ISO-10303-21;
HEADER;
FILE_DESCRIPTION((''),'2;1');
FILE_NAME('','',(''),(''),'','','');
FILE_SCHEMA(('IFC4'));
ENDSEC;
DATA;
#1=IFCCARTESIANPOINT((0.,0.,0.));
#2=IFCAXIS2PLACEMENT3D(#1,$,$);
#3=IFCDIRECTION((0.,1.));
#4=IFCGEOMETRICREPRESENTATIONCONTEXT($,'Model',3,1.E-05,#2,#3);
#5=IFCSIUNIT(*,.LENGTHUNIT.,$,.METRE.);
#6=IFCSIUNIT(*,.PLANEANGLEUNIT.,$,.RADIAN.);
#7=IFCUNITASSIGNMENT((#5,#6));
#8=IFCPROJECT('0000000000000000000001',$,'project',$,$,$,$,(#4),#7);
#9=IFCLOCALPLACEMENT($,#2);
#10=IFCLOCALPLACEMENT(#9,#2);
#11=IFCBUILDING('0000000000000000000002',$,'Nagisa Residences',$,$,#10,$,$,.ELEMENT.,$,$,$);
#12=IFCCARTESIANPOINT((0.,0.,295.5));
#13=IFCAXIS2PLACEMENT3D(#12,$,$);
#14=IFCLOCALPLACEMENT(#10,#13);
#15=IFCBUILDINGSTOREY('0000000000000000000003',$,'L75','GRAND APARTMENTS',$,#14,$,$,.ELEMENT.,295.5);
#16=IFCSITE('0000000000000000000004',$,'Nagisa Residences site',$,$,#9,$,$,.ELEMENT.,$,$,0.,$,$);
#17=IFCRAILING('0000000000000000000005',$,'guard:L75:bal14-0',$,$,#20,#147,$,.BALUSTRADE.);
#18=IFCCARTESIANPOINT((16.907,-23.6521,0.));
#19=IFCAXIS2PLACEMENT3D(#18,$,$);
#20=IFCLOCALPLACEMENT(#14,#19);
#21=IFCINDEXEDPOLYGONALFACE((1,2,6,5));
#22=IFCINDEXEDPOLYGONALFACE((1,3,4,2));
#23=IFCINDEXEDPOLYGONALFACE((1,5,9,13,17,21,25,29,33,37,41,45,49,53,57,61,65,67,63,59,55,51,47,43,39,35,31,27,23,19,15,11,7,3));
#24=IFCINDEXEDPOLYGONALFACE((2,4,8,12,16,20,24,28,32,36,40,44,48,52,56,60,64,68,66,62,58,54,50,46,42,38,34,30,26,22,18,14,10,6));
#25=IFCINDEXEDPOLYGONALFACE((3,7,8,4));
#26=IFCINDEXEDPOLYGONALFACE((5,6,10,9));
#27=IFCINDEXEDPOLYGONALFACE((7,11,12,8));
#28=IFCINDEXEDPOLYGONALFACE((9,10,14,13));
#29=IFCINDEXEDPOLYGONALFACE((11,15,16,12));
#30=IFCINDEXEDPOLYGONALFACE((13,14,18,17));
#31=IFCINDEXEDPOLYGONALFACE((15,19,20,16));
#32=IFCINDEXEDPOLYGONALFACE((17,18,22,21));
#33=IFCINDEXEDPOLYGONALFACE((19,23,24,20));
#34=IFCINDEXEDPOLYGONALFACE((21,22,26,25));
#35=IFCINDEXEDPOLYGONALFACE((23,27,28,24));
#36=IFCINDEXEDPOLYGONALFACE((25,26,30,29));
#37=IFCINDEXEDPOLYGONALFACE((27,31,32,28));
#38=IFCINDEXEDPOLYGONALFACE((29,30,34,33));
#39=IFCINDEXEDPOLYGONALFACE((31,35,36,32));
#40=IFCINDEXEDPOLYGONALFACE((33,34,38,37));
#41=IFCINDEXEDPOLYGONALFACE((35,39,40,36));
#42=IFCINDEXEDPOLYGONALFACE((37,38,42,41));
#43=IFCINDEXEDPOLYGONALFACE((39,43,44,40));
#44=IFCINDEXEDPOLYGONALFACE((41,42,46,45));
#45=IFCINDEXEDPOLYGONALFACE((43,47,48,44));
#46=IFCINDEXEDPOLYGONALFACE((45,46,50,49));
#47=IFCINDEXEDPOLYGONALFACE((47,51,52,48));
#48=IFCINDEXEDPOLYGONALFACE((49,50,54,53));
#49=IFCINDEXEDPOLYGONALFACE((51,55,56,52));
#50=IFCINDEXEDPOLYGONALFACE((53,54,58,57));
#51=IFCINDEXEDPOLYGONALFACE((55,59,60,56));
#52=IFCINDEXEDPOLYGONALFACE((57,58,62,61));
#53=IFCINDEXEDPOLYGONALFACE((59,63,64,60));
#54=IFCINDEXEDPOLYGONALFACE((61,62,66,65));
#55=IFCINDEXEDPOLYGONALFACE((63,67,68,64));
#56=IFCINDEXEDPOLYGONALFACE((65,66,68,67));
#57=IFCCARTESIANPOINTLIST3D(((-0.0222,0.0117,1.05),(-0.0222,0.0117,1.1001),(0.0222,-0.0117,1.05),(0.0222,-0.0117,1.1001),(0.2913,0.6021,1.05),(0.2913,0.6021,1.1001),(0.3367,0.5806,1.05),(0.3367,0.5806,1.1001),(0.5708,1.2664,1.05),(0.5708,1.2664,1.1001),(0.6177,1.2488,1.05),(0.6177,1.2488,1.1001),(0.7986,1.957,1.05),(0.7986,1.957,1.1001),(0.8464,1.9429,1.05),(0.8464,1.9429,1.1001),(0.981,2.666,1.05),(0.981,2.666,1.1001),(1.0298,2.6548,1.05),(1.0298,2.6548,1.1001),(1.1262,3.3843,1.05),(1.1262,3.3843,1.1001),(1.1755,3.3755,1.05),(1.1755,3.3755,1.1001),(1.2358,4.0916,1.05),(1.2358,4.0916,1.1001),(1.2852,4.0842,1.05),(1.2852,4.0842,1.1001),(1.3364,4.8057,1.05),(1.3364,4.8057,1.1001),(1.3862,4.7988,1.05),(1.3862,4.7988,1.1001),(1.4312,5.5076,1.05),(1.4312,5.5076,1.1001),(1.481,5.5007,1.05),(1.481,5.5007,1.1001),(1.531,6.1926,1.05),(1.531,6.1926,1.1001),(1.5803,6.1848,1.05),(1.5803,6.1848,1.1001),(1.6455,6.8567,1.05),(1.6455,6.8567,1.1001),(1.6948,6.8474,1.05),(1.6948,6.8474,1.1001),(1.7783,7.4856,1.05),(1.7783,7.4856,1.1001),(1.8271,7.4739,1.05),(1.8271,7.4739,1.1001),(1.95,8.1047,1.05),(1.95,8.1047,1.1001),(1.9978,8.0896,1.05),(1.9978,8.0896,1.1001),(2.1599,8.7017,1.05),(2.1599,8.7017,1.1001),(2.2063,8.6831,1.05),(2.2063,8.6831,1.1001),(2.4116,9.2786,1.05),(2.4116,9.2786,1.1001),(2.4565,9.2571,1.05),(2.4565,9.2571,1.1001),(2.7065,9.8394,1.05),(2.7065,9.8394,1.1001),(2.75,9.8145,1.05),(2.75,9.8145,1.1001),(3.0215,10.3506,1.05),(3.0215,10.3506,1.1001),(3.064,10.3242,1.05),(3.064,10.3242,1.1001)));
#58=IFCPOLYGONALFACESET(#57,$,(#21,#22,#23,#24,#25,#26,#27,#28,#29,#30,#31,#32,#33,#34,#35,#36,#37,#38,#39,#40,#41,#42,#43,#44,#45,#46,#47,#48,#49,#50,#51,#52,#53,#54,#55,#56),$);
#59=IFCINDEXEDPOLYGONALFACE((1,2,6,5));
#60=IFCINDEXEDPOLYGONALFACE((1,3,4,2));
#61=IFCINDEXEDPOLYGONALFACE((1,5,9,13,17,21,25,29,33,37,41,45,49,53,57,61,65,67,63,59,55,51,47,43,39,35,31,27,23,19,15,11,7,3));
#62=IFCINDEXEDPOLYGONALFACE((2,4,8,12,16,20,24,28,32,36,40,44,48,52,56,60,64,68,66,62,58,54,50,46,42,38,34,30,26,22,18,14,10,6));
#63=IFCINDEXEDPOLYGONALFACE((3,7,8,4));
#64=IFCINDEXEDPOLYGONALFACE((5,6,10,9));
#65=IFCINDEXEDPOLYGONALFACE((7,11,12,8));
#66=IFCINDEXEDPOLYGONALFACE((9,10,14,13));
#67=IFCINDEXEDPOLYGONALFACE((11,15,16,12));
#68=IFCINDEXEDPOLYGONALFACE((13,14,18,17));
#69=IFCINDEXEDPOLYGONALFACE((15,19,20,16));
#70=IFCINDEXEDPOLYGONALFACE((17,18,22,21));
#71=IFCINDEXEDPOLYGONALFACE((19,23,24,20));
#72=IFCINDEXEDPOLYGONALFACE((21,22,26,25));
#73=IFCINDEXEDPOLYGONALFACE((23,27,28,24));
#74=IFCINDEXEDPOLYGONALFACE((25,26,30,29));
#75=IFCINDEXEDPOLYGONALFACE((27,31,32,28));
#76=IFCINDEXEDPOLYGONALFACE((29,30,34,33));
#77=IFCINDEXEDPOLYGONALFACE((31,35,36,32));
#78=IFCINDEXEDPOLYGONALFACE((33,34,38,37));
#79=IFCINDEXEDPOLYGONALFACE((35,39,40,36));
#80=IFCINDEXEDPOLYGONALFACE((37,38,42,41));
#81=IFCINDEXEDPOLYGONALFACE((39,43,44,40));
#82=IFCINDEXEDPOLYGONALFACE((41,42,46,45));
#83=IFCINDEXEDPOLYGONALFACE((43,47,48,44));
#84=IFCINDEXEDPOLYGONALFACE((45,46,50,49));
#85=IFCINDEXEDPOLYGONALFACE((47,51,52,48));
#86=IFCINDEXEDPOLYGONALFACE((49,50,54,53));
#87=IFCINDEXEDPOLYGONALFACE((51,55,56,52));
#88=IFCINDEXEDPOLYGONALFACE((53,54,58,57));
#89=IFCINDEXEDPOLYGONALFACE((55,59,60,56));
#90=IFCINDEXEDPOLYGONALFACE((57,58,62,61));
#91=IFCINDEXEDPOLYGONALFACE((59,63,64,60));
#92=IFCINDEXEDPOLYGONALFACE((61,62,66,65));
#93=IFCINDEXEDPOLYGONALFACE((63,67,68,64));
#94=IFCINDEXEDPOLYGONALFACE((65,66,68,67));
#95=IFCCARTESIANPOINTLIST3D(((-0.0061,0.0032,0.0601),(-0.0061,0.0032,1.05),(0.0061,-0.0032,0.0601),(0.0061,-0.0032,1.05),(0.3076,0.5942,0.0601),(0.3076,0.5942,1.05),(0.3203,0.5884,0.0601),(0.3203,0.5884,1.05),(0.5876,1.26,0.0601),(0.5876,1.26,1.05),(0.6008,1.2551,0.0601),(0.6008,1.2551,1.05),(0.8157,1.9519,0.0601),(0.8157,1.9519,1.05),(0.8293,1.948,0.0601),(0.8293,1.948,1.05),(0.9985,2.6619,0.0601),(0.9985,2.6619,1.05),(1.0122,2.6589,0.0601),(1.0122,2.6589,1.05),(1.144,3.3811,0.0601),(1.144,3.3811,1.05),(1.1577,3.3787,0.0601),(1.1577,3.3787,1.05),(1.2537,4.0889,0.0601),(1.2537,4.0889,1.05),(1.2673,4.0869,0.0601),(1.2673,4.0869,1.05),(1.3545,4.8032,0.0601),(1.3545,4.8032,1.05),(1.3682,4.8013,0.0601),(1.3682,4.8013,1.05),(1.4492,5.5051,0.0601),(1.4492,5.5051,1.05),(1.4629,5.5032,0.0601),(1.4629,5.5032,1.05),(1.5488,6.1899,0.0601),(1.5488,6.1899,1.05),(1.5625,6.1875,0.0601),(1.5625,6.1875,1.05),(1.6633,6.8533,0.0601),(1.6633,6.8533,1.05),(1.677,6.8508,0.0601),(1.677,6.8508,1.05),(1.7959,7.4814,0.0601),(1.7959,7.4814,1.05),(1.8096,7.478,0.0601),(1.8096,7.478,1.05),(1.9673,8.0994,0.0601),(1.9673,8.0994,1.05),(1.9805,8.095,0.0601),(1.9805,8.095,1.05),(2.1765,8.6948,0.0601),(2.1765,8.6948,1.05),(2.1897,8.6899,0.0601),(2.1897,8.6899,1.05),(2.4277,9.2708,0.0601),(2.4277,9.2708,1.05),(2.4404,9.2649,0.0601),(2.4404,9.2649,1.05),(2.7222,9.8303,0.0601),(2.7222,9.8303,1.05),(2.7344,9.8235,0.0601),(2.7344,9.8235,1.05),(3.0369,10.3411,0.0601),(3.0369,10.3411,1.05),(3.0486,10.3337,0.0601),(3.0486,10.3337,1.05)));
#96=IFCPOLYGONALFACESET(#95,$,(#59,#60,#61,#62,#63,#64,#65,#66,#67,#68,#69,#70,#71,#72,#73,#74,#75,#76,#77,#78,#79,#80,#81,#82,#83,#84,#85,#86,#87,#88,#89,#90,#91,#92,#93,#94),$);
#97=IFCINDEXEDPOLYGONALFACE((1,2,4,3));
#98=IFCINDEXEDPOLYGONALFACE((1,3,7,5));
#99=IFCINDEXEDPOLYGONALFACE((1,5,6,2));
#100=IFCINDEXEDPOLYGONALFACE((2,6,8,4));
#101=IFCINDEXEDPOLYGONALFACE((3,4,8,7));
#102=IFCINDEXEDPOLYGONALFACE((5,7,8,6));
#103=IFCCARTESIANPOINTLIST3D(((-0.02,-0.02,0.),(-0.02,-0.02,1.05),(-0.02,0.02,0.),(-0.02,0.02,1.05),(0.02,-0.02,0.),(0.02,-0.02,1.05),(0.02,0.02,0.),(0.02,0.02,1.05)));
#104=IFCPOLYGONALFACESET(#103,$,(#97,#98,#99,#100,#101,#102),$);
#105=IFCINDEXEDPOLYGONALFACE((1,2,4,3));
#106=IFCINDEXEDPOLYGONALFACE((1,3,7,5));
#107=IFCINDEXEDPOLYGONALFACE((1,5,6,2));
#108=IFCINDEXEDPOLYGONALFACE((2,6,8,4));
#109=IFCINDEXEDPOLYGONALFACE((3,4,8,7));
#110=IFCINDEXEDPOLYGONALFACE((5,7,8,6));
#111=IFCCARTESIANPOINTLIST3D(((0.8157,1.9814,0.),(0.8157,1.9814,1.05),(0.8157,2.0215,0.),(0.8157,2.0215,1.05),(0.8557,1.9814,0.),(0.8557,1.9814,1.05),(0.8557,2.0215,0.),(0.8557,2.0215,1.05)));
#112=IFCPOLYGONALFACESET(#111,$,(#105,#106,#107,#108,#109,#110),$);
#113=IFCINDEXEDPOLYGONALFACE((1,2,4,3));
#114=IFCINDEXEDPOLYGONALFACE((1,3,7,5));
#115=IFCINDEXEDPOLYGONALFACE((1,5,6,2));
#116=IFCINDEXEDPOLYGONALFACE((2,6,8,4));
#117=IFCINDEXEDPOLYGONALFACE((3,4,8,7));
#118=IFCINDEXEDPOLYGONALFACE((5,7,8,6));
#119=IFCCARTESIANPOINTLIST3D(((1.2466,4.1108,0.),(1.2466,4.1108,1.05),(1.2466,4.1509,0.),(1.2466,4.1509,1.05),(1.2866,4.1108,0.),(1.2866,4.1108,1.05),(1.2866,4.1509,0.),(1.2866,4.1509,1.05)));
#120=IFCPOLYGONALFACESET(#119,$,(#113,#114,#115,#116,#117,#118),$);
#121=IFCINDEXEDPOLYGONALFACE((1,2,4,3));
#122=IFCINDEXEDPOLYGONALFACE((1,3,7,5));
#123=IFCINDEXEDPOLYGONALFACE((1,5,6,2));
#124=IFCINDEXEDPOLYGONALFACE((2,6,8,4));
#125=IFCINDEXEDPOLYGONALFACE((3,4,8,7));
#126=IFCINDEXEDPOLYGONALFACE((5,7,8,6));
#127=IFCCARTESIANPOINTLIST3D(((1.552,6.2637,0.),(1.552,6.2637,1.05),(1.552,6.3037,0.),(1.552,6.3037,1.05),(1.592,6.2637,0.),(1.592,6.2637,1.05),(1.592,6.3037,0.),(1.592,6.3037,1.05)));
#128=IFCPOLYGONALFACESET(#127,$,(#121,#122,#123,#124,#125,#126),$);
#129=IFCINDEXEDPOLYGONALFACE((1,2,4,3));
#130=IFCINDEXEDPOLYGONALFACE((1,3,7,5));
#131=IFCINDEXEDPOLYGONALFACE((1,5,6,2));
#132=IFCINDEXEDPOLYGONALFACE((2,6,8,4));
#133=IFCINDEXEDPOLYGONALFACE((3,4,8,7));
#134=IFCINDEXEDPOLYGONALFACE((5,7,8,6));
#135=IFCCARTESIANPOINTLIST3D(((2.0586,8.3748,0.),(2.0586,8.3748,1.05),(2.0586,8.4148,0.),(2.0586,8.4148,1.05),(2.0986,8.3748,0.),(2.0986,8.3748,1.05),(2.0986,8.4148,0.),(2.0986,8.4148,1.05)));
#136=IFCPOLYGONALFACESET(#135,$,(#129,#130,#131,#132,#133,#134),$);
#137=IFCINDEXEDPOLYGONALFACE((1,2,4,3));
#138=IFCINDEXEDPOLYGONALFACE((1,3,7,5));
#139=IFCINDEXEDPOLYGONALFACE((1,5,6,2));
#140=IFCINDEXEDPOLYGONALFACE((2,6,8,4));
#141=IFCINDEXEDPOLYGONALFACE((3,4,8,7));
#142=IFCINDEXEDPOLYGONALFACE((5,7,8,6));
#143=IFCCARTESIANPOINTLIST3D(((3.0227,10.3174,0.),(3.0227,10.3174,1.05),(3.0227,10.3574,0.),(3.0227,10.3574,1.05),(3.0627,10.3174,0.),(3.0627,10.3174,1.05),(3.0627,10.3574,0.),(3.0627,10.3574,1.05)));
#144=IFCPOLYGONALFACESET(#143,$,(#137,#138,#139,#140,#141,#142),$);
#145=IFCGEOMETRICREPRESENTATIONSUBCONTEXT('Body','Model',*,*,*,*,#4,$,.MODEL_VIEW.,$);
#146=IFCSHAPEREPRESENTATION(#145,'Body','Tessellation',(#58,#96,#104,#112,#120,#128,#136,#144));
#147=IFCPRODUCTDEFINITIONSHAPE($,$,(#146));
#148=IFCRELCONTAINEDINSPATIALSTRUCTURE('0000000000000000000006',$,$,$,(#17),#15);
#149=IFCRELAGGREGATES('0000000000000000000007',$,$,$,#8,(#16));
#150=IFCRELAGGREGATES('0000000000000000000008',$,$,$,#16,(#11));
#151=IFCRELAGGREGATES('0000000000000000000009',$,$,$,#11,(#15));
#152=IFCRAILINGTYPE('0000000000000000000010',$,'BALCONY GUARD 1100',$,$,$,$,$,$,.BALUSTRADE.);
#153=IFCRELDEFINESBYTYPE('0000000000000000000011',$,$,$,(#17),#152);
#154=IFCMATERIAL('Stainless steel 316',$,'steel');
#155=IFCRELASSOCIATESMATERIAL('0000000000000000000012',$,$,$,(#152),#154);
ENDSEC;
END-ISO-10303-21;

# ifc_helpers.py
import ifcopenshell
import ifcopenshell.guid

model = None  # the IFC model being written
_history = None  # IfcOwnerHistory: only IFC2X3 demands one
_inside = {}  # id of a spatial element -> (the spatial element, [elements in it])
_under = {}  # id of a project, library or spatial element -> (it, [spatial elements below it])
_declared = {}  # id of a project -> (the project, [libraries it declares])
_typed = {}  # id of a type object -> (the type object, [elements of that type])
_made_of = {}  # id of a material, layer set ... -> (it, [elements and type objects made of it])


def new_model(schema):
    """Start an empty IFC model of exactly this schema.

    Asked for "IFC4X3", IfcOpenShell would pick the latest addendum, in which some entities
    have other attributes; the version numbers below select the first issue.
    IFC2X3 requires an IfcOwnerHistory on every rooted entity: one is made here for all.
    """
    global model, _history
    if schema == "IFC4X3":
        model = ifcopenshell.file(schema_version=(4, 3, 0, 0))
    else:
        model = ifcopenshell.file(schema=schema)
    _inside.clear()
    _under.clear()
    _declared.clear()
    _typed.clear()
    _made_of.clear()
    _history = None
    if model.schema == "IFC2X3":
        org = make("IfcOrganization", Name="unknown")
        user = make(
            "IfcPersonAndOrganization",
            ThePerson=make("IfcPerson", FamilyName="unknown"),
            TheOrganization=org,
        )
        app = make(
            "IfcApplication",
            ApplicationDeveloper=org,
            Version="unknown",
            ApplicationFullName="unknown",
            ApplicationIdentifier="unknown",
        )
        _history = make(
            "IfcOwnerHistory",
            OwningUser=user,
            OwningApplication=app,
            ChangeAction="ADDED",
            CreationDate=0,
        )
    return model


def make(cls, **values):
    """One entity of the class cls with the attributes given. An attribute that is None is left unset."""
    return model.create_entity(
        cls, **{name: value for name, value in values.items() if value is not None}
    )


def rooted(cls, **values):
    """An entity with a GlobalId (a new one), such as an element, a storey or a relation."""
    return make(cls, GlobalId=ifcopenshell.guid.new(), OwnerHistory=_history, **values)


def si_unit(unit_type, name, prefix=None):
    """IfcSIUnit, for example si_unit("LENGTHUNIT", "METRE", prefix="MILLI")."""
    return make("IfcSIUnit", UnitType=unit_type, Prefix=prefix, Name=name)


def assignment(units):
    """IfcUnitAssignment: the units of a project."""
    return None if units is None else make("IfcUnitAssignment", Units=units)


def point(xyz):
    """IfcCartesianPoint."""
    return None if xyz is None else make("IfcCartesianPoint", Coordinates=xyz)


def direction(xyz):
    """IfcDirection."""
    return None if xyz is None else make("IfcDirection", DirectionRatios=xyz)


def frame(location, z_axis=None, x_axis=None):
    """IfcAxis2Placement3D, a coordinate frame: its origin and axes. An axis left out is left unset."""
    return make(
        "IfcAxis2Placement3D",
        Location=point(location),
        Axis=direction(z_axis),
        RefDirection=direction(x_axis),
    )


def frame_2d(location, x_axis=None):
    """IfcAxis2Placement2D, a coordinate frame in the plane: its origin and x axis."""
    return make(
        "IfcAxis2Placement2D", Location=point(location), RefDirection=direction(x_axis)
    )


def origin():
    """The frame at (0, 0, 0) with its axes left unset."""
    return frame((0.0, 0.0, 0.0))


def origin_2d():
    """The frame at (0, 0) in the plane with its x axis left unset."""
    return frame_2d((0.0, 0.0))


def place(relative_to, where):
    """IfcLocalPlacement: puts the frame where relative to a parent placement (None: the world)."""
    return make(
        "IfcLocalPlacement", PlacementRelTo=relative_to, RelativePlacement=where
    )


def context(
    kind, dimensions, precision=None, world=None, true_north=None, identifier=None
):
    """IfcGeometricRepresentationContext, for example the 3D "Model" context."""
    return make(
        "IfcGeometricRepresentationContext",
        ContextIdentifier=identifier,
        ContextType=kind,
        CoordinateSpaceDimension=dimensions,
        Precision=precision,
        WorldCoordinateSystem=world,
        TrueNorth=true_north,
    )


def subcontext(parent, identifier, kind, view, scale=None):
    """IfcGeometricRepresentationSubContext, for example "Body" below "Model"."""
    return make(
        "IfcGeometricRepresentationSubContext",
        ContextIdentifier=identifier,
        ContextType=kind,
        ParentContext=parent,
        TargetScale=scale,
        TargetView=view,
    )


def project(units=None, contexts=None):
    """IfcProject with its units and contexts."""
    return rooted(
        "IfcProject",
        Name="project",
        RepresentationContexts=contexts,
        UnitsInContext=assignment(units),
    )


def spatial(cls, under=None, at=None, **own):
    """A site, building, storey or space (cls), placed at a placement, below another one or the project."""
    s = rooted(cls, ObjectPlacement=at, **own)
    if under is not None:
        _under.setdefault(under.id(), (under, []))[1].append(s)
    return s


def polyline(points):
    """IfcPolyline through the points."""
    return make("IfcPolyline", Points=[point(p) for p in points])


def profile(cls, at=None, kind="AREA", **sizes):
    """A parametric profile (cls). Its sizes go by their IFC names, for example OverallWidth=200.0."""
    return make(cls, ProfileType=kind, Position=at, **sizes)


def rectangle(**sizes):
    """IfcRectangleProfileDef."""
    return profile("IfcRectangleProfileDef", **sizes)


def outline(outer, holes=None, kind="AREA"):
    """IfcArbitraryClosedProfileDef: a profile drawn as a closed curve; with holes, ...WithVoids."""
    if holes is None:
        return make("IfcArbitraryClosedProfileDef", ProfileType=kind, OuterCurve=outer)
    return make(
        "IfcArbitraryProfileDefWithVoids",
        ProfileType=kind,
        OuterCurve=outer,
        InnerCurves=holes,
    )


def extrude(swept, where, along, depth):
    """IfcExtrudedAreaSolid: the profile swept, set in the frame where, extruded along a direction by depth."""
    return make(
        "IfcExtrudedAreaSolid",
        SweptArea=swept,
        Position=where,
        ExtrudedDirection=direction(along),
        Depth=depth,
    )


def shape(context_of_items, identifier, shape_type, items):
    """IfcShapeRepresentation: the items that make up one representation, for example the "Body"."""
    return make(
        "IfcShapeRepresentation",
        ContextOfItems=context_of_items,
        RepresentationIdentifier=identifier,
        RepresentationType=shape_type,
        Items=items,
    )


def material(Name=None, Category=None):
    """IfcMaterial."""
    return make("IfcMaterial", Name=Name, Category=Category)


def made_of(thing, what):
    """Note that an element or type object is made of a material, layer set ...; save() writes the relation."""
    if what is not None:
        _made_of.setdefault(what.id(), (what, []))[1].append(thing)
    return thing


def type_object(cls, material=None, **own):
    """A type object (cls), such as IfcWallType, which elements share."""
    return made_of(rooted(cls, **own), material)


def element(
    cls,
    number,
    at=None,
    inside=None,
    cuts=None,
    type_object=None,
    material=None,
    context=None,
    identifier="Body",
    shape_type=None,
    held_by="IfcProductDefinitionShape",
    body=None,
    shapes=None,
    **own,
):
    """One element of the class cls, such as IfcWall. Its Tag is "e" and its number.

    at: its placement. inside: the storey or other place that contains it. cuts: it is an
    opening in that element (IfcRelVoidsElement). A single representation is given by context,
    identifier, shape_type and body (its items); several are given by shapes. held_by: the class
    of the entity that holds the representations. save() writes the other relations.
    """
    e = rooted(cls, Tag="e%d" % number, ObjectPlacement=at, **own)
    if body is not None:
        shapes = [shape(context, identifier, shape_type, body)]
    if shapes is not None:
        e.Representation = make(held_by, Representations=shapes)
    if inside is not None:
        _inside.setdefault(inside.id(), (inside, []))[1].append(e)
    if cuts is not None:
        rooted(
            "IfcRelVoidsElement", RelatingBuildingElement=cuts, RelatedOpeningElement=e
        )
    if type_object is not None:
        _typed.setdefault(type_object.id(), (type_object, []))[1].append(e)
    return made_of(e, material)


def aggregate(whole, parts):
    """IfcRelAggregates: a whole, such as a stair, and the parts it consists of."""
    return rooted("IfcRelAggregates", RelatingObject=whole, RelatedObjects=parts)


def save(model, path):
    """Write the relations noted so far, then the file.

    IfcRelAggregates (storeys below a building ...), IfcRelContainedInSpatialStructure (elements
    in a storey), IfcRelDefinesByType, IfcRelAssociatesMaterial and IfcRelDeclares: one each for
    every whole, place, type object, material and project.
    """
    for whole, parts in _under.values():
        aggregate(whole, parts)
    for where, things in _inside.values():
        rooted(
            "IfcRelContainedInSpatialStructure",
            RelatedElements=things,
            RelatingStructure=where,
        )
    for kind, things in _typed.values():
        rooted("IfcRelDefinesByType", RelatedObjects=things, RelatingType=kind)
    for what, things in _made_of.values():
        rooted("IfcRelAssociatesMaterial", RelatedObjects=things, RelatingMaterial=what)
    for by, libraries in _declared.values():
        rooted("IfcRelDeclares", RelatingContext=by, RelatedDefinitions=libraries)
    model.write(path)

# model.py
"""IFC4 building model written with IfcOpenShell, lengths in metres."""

from ifc_helpers import new_model, si_unit, direction, frame, origin, origin_2d, place, context, subcontext, project, spatial, polyline, rectangle, outline, extrude, material, type_object, element, save


model = new_model("IFC4")

# Units and contexts
model_context = context("Model", 3, precision=1e-05, world=origin(), true_north=direction((0.0, 1.0)))
body_context = subcontext(model_context, "Body", "Model", "MODEL_VIEW")
ifc_project = project(units=[si_unit("LENGTHUNIT", "METRE"), si_unit("PLANEANGLEUNIT", "RADIAN")], contexts=[model_context])

# Site, building, storey
site_placement = place(None, origin())
site = spatial("IfcSite", under=ifc_project, at=site_placement, Name="Nagisa Residences site", CompositionType="ELEMENT", RefElevation=0.0)
building_placement = place(site_placement, origin())
building = spatial("IfcBuilding", under=site, at=building_placement, Name="Nagisa Residences", CompositionType="ELEMENT")
storey_placement = place(building_placement, frame((0.0, 0.0, 295.5)))
storey = spatial("IfcBuildingStorey", under=building, at=storey_placement, Name="L75", Description="GRAND APARTMENTS", CompositionType="ELEMENT", Elevation=295.5)

# Railing
ifc_material_1 = material(Name="Stainless steel 316", Category="steel")
railing_type = type_object("IfcRailingType", Name="BALCONY GUARD 1100", PredefinedType="BALUSTRADE", material=ifc_material_1)
railing_1_placement = place(storey_placement, frame((16.907, -23.6521, 0.0)))
element("IfcRailing", 1, at=railing_1_placement, inside=storey, type_object=railing_type, Name="guard:L75:bal14-0", PredefinedType="BALUSTRADE", context=body_context, shape_type="SweptSolid", body=[
    extrude(outline(polyline([(0.2913, 0.6021), (-0.0222, 0.0117), (0.0222, -0.0117), (0.3367, 0.5806), (0.6177, 1.2488), (0.8464, 1.9429), (1.0298, 2.6548), (1.1755, 3.3755), (1.2852, 4.0842), (1.3862, 4.7988), (1.481, 5.5007), (1.5803, 6.1848), (1.6948, 6.8474), (1.8271, 7.4739), (1.9978, 8.0896), (2.2063, 8.6831), (2.4565, 9.2571), (2.75, 9.8145), (3.064, 10.3242), (3.0215, 10.3506), (2.7065, 9.8394), (2.4116, 9.2786), (2.1599, 8.7017), (1.95, 8.1047), (1.7783, 7.4856), (1.6455, 6.8567), (1.531, 6.1926), (1.4312, 5.5076), (1.3364, 4.8057), (1.2358, 4.0916), (1.1262, 3.3843), (0.981, 2.666), (0.7986, 1.957), (0.5708, 1.2664), (0.2913, 0.6021)])), frame((0.0, 0.0, 1.05)), (0.0, 0.0, 1.0), 0.05),
    extrude(outline(polyline([(0.3076, 0.5942), (-0.0061, 0.0032), (0.0061, -0.0032), (0.3203, 0.5884), (0.6008, 1.2551), (0.8293, 1.948), (1.0122, 2.6589), (1.1577, 3.3787), (1.2673, 4.0869), (1.3682, 4.8013), (1.4629, 5.5032), (1.5625, 6.1875), (1.677, 6.8508), (1.8096, 7.478), (1.9805, 8.095), (2.1897, 8.6899), (2.4404, 9.2649), (2.7344, 9.8235), (3.0486, 10.3337), (3.0369, 10.3411), (2.7222, 9.8303), (2.4277, 9.2708), (2.1765, 8.6948), (1.9673, 8.0994), (1.7959, 7.4814), (1.6633, 6.8533), (1.5488, 6.1899), (1.4492, 5.5051), (1.3545, 4.8032), (1.2537, 4.0889), (1.144, 3.3811), (0.9985, 2.6619), (0.8157, 1.9519), (0.5876, 1.26), (0.3076, 0.5942)])), frame((0.0, 0.0, 0.0601)), (0.0, 0.0, 1.0), 0.99),
    extrude(rectangle(XDim=0.04, YDim=0.04, at=origin_2d()), origin(), (0.0, 0.0, 1.0), 1.05),
    extrude(rectangle(XDim=0.04, YDim=0.04, at=origin_2d()), frame((0.8357, 2.0015, 0.0)), (0.0, 0.0, 1.0), 1.05),
    extrude(rectangle(XDim=0.04, YDim=0.04, at=origin_2d()), frame((1.2666, 4.1309, 0.0)), (0.0, 0.0, 1.0), 1.05),
    extrude(rectangle(XDim=0.04, YDim=0.04, at=origin_2d()), frame((1.572, 6.2837, 0.0)), (0.0, 0.0, 1.0), 1.05),
    extrude(rectangle(XDim=0.04, YDim=0.04, at=origin_2d()), frame((2.0786, 8.3948, 0.0)), (0.0, 0.0, 1.0), 1.05),
    extrude(rectangle(XDim=0.04, YDim=0.04, at=origin_2d()), frame((3.0427, 10.3374, 0.0)), (0.0, 0.0, 1.0), 1.05),
])

save(model, "model.ifc")
